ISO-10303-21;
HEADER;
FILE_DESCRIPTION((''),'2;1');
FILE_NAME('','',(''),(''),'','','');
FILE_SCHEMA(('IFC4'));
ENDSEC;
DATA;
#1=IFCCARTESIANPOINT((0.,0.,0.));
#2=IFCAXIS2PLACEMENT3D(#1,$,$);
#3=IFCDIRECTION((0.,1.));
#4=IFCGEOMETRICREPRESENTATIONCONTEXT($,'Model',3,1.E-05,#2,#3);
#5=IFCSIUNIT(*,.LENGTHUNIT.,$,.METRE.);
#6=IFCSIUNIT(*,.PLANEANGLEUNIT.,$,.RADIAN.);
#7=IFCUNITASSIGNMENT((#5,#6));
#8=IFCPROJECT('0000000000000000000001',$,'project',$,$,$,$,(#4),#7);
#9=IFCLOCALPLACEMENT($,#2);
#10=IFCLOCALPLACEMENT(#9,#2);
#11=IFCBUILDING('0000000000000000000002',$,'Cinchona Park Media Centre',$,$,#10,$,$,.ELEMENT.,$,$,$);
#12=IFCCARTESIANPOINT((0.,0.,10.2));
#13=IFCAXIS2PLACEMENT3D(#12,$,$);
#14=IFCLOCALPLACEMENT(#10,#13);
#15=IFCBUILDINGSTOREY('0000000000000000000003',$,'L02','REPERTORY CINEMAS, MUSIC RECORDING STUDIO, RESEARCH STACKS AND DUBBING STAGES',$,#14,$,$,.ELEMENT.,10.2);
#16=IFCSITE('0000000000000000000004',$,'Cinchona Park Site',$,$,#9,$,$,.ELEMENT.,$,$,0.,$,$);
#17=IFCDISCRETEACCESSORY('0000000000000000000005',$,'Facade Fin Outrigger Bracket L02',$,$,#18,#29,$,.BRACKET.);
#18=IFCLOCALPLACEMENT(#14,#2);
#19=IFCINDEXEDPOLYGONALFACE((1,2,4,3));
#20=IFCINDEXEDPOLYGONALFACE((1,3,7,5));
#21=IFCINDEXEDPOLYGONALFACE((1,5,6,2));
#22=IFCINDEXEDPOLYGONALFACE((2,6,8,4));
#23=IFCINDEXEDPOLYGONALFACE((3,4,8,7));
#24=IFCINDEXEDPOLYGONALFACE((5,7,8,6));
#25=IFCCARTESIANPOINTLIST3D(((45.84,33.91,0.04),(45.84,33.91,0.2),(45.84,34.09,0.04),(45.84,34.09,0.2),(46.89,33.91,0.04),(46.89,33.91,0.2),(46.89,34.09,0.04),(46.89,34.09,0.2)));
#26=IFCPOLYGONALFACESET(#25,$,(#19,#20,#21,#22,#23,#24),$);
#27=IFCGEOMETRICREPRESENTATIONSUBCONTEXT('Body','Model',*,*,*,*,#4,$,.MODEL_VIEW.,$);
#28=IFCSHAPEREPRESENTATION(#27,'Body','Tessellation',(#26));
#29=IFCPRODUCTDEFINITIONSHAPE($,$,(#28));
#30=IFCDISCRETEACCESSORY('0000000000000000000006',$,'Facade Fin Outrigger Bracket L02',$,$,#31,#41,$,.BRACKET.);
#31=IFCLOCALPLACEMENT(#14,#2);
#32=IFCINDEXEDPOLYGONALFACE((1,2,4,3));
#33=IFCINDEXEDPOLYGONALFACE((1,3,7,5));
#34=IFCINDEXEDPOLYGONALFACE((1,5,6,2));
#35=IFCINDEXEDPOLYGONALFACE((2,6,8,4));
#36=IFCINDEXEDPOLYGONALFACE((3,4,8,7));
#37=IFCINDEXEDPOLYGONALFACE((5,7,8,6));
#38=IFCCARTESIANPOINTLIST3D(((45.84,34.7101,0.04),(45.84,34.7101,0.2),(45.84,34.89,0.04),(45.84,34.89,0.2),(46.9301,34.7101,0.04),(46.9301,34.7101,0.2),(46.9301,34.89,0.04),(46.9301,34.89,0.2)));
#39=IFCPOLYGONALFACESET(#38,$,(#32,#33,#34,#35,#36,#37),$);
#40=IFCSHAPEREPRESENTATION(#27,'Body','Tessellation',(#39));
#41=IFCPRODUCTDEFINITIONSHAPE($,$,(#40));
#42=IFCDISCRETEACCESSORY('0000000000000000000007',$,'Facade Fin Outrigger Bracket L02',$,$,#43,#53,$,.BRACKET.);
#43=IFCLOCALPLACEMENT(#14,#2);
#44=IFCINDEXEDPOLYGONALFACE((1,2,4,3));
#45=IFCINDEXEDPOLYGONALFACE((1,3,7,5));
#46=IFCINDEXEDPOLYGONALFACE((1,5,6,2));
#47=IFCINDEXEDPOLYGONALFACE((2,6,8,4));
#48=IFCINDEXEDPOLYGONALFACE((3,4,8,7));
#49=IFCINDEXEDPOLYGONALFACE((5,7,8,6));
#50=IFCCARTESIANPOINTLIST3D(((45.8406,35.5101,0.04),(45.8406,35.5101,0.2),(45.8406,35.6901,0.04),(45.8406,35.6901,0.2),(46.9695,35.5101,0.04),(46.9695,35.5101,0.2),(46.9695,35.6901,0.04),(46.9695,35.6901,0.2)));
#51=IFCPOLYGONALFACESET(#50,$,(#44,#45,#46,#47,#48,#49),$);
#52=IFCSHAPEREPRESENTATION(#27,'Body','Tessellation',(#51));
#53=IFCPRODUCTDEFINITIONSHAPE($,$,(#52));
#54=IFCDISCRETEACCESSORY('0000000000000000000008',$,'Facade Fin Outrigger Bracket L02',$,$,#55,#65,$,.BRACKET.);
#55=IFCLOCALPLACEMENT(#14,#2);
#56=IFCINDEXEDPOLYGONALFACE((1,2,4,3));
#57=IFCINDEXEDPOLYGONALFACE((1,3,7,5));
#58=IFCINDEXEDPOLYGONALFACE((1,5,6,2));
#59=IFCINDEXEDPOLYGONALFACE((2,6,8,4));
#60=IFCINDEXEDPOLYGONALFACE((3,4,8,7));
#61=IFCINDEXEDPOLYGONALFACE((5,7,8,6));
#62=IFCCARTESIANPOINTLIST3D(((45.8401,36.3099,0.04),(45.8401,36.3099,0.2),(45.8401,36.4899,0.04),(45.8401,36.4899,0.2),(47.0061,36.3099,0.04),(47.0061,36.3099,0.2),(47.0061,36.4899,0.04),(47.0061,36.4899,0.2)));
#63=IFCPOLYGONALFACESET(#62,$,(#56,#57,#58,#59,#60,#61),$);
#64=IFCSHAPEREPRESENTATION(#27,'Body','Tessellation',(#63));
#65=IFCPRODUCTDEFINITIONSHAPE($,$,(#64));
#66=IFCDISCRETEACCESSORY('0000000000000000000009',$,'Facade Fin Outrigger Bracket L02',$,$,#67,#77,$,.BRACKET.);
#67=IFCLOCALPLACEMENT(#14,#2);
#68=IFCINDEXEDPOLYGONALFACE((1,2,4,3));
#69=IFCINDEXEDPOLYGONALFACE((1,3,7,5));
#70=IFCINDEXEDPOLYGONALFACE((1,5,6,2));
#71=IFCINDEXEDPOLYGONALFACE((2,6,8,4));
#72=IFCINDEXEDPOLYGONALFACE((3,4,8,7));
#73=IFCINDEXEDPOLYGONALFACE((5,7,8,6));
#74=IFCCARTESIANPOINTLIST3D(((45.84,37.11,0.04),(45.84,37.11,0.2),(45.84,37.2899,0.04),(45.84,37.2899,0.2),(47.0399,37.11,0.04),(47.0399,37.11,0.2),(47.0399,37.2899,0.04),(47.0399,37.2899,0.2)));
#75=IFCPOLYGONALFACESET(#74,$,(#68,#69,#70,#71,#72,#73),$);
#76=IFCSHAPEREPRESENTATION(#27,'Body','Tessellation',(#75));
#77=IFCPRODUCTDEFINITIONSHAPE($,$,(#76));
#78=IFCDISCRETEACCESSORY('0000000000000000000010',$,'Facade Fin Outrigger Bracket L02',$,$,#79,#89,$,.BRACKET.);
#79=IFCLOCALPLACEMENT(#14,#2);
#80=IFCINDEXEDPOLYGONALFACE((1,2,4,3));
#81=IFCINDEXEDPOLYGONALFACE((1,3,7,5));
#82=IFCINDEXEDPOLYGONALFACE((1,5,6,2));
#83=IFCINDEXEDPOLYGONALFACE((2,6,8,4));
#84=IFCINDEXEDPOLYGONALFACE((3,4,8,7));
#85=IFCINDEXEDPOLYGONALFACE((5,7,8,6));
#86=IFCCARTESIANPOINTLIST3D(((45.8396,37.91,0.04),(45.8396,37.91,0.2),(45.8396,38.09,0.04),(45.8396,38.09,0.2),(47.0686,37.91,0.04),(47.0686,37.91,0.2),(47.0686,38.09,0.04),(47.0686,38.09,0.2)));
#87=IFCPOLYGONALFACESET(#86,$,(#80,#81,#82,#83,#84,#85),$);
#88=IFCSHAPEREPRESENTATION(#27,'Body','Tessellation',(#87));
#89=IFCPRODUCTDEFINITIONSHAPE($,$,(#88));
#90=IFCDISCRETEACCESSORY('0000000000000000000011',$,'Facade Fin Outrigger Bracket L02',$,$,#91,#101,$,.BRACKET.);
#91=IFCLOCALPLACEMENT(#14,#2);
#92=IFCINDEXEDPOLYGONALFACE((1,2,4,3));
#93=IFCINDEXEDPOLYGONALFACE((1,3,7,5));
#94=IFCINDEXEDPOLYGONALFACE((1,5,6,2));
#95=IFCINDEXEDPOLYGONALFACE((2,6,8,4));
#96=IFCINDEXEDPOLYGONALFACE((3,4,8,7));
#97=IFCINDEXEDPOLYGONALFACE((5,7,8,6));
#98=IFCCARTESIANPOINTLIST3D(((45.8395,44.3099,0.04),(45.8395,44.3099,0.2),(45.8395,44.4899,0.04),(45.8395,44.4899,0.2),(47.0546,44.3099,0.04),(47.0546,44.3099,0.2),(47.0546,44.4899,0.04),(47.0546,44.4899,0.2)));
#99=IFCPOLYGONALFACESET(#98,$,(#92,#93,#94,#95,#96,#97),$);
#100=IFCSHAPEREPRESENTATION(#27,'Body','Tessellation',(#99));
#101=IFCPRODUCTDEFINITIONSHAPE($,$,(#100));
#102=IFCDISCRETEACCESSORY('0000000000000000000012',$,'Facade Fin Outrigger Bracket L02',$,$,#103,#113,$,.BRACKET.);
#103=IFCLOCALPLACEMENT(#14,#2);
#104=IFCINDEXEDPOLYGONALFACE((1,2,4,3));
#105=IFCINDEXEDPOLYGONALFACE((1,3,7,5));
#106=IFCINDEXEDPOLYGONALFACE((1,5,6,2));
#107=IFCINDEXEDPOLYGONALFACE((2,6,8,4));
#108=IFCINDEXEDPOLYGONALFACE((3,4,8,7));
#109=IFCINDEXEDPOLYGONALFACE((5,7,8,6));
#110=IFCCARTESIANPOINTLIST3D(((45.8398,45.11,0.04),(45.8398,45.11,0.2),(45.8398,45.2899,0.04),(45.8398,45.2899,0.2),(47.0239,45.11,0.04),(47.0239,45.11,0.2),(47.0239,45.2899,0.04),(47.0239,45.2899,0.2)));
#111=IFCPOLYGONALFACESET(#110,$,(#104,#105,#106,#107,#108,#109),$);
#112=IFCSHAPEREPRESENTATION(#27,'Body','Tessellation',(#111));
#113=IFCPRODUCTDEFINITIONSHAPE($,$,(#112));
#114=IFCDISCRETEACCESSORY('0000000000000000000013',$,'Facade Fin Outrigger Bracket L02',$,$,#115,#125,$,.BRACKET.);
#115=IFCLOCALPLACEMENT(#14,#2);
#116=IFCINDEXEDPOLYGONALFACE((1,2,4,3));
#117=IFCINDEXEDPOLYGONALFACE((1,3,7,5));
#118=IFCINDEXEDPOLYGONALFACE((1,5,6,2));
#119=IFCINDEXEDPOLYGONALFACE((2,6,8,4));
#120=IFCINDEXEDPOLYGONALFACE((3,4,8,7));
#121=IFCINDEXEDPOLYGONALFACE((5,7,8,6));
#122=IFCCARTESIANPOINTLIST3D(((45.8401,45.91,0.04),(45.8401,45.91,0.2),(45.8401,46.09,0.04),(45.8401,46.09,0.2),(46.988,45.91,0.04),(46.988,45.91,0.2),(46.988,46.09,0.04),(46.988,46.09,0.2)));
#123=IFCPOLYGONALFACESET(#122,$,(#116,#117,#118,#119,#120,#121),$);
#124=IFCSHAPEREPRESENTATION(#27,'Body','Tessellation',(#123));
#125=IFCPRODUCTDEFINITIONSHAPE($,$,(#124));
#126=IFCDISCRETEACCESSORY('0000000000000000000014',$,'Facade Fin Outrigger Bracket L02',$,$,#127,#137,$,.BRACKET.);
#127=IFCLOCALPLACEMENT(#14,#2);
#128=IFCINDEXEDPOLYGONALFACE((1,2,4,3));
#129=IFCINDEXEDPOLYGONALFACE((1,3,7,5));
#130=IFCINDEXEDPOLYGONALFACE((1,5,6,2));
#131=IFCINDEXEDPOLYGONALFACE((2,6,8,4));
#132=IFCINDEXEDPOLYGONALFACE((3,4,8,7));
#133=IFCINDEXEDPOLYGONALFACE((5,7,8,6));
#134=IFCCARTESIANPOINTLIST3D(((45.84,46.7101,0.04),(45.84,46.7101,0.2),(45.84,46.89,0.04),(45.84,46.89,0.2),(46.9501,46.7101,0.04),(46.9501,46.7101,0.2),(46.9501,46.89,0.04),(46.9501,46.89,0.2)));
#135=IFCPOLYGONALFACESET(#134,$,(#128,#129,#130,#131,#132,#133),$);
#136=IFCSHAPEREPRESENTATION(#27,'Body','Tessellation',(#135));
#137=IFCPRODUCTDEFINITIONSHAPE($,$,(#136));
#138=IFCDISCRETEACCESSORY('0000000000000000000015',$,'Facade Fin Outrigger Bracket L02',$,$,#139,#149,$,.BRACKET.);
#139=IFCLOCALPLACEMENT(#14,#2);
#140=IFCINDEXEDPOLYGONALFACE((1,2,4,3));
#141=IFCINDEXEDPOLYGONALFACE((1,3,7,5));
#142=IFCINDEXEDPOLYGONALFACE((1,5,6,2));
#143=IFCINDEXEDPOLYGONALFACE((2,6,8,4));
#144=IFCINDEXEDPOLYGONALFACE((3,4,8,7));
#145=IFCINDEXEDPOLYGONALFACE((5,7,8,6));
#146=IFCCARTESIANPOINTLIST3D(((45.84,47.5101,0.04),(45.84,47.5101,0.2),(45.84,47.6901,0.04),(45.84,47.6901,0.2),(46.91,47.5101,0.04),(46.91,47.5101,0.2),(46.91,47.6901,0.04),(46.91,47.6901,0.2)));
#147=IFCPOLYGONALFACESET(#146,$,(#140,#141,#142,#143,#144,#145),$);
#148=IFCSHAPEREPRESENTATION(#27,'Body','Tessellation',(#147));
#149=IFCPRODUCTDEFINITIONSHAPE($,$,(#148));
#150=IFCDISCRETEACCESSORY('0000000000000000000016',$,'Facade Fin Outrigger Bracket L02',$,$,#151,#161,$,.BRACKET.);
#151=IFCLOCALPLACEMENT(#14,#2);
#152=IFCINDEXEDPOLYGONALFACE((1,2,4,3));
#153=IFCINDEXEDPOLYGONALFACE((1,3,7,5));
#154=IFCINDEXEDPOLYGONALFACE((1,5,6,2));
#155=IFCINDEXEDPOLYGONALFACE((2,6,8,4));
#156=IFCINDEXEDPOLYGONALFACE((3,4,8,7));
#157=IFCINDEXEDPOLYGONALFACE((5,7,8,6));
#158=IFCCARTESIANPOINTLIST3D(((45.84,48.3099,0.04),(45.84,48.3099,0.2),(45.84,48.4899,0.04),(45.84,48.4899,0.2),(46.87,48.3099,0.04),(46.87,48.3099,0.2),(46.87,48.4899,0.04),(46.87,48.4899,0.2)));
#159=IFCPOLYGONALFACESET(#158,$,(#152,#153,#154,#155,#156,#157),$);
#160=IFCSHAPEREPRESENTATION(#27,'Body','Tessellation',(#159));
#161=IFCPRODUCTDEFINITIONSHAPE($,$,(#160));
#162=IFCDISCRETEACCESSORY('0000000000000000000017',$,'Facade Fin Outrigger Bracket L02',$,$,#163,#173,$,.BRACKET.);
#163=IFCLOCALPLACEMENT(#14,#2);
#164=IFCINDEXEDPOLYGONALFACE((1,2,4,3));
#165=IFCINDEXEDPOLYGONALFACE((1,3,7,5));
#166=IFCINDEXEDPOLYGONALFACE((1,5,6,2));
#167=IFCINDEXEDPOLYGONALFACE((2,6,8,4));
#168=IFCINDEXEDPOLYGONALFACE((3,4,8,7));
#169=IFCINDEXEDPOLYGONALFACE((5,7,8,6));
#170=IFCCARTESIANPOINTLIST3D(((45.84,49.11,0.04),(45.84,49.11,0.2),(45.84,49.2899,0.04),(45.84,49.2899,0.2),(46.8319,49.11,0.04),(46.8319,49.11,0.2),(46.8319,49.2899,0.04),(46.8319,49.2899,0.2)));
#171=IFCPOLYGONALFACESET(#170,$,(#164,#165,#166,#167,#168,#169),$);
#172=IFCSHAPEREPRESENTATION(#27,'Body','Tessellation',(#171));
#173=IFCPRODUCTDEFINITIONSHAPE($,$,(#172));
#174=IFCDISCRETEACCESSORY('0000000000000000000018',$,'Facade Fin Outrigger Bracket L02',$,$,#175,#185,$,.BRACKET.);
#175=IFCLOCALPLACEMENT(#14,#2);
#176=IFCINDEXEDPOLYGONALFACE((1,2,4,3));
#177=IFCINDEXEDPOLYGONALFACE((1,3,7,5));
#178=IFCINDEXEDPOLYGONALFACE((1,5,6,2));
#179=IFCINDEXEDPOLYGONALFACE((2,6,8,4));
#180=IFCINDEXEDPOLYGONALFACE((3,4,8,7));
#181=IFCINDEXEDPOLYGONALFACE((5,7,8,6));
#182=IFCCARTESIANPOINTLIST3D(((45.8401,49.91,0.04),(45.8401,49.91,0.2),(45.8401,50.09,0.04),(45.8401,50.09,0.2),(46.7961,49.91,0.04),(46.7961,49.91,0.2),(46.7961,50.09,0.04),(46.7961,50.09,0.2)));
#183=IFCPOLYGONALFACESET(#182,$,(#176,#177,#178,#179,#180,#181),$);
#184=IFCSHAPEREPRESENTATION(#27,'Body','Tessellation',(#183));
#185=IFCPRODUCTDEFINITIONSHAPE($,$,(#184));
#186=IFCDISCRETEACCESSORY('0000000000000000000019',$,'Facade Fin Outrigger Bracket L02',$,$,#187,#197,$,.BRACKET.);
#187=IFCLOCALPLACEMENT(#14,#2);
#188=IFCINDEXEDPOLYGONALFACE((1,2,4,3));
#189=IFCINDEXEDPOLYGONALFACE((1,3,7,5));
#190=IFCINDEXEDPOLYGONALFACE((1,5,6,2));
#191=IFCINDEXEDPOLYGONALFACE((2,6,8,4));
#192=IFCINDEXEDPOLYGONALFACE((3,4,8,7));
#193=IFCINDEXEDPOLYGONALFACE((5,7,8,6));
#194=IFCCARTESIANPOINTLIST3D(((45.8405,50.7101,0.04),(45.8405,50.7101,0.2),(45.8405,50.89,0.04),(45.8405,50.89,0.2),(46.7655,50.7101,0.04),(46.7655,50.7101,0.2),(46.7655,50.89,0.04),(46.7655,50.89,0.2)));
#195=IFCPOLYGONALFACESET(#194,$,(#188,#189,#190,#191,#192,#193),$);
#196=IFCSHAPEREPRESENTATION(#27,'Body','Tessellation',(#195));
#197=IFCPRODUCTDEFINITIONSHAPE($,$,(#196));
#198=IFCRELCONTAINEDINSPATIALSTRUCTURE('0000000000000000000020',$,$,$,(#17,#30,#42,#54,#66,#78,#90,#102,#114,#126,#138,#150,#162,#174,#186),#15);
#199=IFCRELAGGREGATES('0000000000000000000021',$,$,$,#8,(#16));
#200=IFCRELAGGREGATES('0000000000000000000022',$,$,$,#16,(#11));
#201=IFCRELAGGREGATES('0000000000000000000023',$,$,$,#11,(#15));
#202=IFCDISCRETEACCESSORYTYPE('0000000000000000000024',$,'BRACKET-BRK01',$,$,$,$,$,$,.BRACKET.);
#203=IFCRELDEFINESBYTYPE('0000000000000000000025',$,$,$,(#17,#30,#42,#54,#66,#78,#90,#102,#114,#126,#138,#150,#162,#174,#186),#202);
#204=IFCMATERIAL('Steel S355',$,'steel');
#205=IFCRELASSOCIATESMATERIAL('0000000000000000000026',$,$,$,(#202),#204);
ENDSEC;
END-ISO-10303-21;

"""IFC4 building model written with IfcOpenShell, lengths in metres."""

from ifc_helpers import new_model, si_unit, direction, frame, origin, origin_2d, place, context, subcontext, project, spatial, rectangle, extrude, material, type_object, element, save


model = new_model("IFC4")

# Units and contexts
model_context = context("Model", 3, precision=1e-05, world=origin(), true_north=direction((0.0, 1.0)))
body_context = subcontext(model_context, "Body", "Model", "MODEL_VIEW")
ifc_project = project(units=[si_unit("LENGTHUNIT", "METRE"), si_unit("PLANEANGLEUNIT", "RADIAN")], contexts=[model_context])

# Site, building, storey
site_placement = place(None, origin())
site = spatial("IfcSite", under=ifc_project, at=site_placement, Name="Cinchona Park Site", CompositionType="ELEMENT", RefElevation=0.0)
building_placement = place(site_placement, origin())
building = spatial("IfcBuilding", under=site, at=building_placement, Name="Cinchona Park Media Centre", CompositionType="ELEMENT")
storey_placement = place(building_placement, frame((0.0, 0.0, 10.2)))
storey = spatial("IfcBuildingStorey", under=building, at=storey_placement, Name="L02", Description="REPERTORY CINEMAS, MUSIC RECORDING STUDIO, RESEARCH STACKS AND DUBBING STAGES", CompositionType="ELEMENT", Elevation=10.2)

# Discrete accessories
ifc_material = material(Name="Steel S355", Category="steel")
discrete_accessory_type = type_object("IfcDiscreteAccessoryType", Name="BRACKET-BRK01", PredefinedType="BRACKET", material=ifc_material)
discrete_accessory_1_placement = place(storey_placement, frame((46.365, 34.0, 0.04), z_axis=(0.0, 0.0, 1.0), x_axis=(0.0, 1.0, 0.0)))
element("IfcDiscreteAccessory", 1, at=discrete_accessory_1_placement, inside=storey, type_object=discrete_accessory_type, Name="Facade Fin Outrigger Bracket L02", PredefinedType="BRACKET", context=body_context, shape_type="SweptSolid", body=[
    extrude(rectangle(XDim=0.1799, YDim=1.05, at=origin_2d()), origin(), (0.0, 0.0, 1.0), 0.1599),
])
discrete_accessory_2_placement = place(storey_placement, frame((46.385, 34.8, 0.04), z_axis=(0.0, 0.0, 1.0), x_axis=(0.0, 1.0, 0.0)))
element("IfcDiscreteAccessory", 2, at=discrete_accessory_2_placement, inside=storey, type_object=discrete_accessory_type, Name="Facade Fin Outrigger Bracket L02", PredefinedType="BRACKET", context=body_context, shape_type="SweptSolid", body=[
    extrude(rectangle(XDim=0.1799, YDim=1.0901, at=origin_2d()), origin(), (0.0, 0.0, 1.0), 0.1599),
])
discrete_accessory_3_placement = place(storey_placement, frame((46.405, 35.6001, 0.04), z_axis=(0.0, 0.0, 1.0), x_axis=(0.0, 1.0, 0.0)))
element("IfcDiscreteAccessory", 3, at=discrete_accessory_3_placement, inside=storey, type_object=discrete_accessory_type, Name="Facade Fin Outrigger Bracket L02", PredefinedType="BRACKET", context=body_context, shape_type="SweptSolid", body=[
    extrude(rectangle(XDim=0.1799, YDim=1.1289, at=origin_2d()), origin(), (0.0, 0.0, 1.0), 0.1599),
])
discrete_accessory_4_placement = place(storey_placement, frame((46.4231, 36.3999, 0.04), z_axis=(0.0, 0.0, 1.0), x_axis=(0.0, 1.0, 0.0)))
element("IfcDiscreteAccessory", 4, at=discrete_accessory_4_placement, inside=storey, type_object=discrete_accessory_type, Name="Facade Fin Outrigger Bracket L02", PredefinedType="BRACKET", context=body_context, shape_type="SweptSolid", body=[
    extrude(rectangle(XDim=0.1799, YDim=1.166, at=origin_2d()), origin(), (0.0, 0.0, 1.0), 0.1599),
])
discrete_accessory_5_placement = place(storey_placement, frame((46.4399, 37.2, 0.04), z_axis=(0.0, 0.0, 1.0), x_axis=(0.0, 1.0, 0.0)))
element("IfcDiscreteAccessory", 5, at=discrete_accessory_5_placement, inside=storey, type_object=discrete_accessory_type, Name="Facade Fin Outrigger Bracket L02", PredefinedType="BRACKET", context=body_context, shape_type="SweptSolid", body=[
    extrude(rectangle(XDim=0.1799, YDim=1.2, at=origin_2d()), origin(), (0.0, 0.0, 1.0), 0.1599),
])
discrete_accessory_6_placement = place(storey_placement, frame((46.4541, 38.0, 0.04), z_axis=(0.0, 0.0, 1.0), x_axis=(0.0, 1.0, 0.0)))
element("IfcDiscreteAccessory", 6, at=discrete_accessory_6_placement, inside=storey, type_object=discrete_accessory_type, Name="Facade Fin Outrigger Bracket L02", PredefinedType="BRACKET", context=body_context, shape_type="SweptSolid", body=[
    extrude(rectangle(XDim=0.1799, YDim=1.229, at=origin_2d()), origin(), (0.0, 0.0, 1.0), 0.1599),
])
discrete_accessory_7_placement = place(storey_placement, frame((46.447, 44.3999, 0.04), z_axis=(0.0, 0.0, 1.0), x_axis=(0.0, 1.0, 0.0)))
element("IfcDiscreteAccessory", 7, at=discrete_accessory_7_placement, inside=storey, type_object=discrete_accessory_type, Name="Facade Fin Outrigger Bracket L02", PredefinedType="BRACKET", context=body_context, shape_type="SweptSolid", body=[
    extrude(rectangle(XDim=0.1799, YDim=1.2151, at=origin_2d()), origin(), (0.0, 0.0, 1.0), 0.1599),
])
discrete_accessory_8_placement = place(storey_placement, frame((46.4319, 45.2, 0.04), z_axis=(0.0, 0.0, 1.0), x_axis=(0.0, 1.0, 0.0)))
element("IfcDiscreteAccessory", 8, at=discrete_accessory_8_placement, inside=storey, type_object=discrete_accessory_type, Name="Facade Fin Outrigger Bracket L02", PredefinedType="BRACKET", context=body_context, shape_type="SweptSolid", body=[
    extrude(rectangle(XDim=0.1799, YDim=1.1841, at=origin_2d()), origin(), (0.0, 0.0, 1.0), 0.1599),
])
discrete_accessory_9_placement = place(storey_placement, frame((46.4141, 46.0, 0.04), z_axis=(0.0, 0.0, 1.0), x_axis=(0.0, 1.0, 0.0)))
element("IfcDiscreteAccessory", 9, at=discrete_accessory_9_placement, inside=storey, type_object=discrete_accessory_type, Name="Facade Fin Outrigger Bracket L02", PredefinedType="BRACKET", context=body_context, shape_type="SweptSolid", body=[
    extrude(rectangle(XDim=0.1799, YDim=1.1479, at=origin_2d()), origin(), (0.0, 0.0, 1.0), 0.1599),
])
discrete_accessory_10_placement = place(storey_placement, frame((46.395, 46.8, 0.04), z_axis=(0.0, 0.0, 1.0), x_axis=(0.0, 1.0, 0.0)))
element("IfcDiscreteAccessory", 10, at=discrete_accessory_10_placement, inside=storey, type_object=discrete_accessory_type, Name="Facade Fin Outrigger Bracket L02", PredefinedType="BRACKET", context=body_context, shape_type="SweptSolid", body=[
    extrude(rectangle(XDim=0.1799, YDim=1.1101, at=origin_2d()), origin(), (0.0, 0.0, 1.0), 0.1599),
])
discrete_accessory_11_placement = place(storey_placement, frame((46.375, 47.6001, 0.04), z_axis=(0.0, 0.0, 1.0), x_axis=(0.0, 1.0, 0.0)))
element("IfcDiscreteAccessory", 11, at=discrete_accessory_11_placement, inside=storey, type_object=discrete_accessory_type, Name="Facade Fin Outrigger Bracket L02", PredefinedType="BRACKET", context=body_context, shape_type="SweptSolid", body=[
    extrude(rectangle(XDim=0.1799, YDim=1.0701, at=origin_2d()), origin(), (0.0, 0.0, 1.0), 0.1599),
])
discrete_accessory_12_placement = place(storey_placement, frame((46.355, 48.3999, 0.04), z_axis=(0.0, 0.0, 1.0), x_axis=(0.0, 1.0, 0.0)))
element("IfcDiscreteAccessory", 12, at=discrete_accessory_12_placement, inside=storey, type_object=discrete_accessory_type, Name="Facade Fin Outrigger Bracket L02", PredefinedType="BRACKET", context=body_context, shape_type="SweptSolid", body=[
    extrude(rectangle(XDim=0.1799, YDim=1.03, at=origin_2d()), origin(), (0.0, 0.0, 1.0), 0.1599),
])
discrete_accessory_13_placement = place(storey_placement, frame((46.3359, 49.2, 0.04), z_axis=(0.0, 0.0, 1.0), x_axis=(0.0, 1.0, 0.0)))
element("IfcDiscreteAccessory", 13, at=discrete_accessory_13_placement, inside=storey, type_object=discrete_accessory_type, Name="Facade Fin Outrigger Bracket L02", PredefinedType="BRACKET", context=body_context, shape_type="SweptSolid", body=[
    extrude(rectangle(XDim=0.1799, YDim=0.9919, at=origin_2d()), origin(), (0.0, 0.0, 1.0), 0.1599),
])
discrete_accessory_14_placement = place(storey_placement, frame((46.3181, 50.0, 0.04), z_axis=(0.0, 0.0, 1.0), x_axis=(0.0, 1.0, 0.0)))
element("IfcDiscreteAccessory", 14, at=discrete_accessory_14_placement, inside=storey, type_object=discrete_accessory_type, Name="Facade Fin Outrigger Bracket L02", PredefinedType="BRACKET", context=body_context, shape_type="SweptSolid", body=[
    extrude(rectangle(XDim=0.1799, YDim=0.9561, at=origin_2d()), origin(), (0.0, 0.0, 1.0), 0.1599),
])
discrete_accessory_15_placement = place(storey_placement, frame((46.303, 50.8, 0.04), z_axis=(0.0, 0.0, 1.0), x_axis=(0.0, 1.0, 0.0)))
element("IfcDiscreteAccessory", 15, at=discrete_accessory_15_placement, inside=storey, type_object=discrete_accessory_type, Name="Facade Fin Outrigger Bracket L02", PredefinedType="BRACKET", context=body_context, shape_type="SweptSolid", body=[
    extrude(rectangle(XDim=0.1799, YDim=0.925, at=origin_2d()), origin(), (0.0, 0.0, 1.0), 0.1599),
])

save(model, "model.ifc")
